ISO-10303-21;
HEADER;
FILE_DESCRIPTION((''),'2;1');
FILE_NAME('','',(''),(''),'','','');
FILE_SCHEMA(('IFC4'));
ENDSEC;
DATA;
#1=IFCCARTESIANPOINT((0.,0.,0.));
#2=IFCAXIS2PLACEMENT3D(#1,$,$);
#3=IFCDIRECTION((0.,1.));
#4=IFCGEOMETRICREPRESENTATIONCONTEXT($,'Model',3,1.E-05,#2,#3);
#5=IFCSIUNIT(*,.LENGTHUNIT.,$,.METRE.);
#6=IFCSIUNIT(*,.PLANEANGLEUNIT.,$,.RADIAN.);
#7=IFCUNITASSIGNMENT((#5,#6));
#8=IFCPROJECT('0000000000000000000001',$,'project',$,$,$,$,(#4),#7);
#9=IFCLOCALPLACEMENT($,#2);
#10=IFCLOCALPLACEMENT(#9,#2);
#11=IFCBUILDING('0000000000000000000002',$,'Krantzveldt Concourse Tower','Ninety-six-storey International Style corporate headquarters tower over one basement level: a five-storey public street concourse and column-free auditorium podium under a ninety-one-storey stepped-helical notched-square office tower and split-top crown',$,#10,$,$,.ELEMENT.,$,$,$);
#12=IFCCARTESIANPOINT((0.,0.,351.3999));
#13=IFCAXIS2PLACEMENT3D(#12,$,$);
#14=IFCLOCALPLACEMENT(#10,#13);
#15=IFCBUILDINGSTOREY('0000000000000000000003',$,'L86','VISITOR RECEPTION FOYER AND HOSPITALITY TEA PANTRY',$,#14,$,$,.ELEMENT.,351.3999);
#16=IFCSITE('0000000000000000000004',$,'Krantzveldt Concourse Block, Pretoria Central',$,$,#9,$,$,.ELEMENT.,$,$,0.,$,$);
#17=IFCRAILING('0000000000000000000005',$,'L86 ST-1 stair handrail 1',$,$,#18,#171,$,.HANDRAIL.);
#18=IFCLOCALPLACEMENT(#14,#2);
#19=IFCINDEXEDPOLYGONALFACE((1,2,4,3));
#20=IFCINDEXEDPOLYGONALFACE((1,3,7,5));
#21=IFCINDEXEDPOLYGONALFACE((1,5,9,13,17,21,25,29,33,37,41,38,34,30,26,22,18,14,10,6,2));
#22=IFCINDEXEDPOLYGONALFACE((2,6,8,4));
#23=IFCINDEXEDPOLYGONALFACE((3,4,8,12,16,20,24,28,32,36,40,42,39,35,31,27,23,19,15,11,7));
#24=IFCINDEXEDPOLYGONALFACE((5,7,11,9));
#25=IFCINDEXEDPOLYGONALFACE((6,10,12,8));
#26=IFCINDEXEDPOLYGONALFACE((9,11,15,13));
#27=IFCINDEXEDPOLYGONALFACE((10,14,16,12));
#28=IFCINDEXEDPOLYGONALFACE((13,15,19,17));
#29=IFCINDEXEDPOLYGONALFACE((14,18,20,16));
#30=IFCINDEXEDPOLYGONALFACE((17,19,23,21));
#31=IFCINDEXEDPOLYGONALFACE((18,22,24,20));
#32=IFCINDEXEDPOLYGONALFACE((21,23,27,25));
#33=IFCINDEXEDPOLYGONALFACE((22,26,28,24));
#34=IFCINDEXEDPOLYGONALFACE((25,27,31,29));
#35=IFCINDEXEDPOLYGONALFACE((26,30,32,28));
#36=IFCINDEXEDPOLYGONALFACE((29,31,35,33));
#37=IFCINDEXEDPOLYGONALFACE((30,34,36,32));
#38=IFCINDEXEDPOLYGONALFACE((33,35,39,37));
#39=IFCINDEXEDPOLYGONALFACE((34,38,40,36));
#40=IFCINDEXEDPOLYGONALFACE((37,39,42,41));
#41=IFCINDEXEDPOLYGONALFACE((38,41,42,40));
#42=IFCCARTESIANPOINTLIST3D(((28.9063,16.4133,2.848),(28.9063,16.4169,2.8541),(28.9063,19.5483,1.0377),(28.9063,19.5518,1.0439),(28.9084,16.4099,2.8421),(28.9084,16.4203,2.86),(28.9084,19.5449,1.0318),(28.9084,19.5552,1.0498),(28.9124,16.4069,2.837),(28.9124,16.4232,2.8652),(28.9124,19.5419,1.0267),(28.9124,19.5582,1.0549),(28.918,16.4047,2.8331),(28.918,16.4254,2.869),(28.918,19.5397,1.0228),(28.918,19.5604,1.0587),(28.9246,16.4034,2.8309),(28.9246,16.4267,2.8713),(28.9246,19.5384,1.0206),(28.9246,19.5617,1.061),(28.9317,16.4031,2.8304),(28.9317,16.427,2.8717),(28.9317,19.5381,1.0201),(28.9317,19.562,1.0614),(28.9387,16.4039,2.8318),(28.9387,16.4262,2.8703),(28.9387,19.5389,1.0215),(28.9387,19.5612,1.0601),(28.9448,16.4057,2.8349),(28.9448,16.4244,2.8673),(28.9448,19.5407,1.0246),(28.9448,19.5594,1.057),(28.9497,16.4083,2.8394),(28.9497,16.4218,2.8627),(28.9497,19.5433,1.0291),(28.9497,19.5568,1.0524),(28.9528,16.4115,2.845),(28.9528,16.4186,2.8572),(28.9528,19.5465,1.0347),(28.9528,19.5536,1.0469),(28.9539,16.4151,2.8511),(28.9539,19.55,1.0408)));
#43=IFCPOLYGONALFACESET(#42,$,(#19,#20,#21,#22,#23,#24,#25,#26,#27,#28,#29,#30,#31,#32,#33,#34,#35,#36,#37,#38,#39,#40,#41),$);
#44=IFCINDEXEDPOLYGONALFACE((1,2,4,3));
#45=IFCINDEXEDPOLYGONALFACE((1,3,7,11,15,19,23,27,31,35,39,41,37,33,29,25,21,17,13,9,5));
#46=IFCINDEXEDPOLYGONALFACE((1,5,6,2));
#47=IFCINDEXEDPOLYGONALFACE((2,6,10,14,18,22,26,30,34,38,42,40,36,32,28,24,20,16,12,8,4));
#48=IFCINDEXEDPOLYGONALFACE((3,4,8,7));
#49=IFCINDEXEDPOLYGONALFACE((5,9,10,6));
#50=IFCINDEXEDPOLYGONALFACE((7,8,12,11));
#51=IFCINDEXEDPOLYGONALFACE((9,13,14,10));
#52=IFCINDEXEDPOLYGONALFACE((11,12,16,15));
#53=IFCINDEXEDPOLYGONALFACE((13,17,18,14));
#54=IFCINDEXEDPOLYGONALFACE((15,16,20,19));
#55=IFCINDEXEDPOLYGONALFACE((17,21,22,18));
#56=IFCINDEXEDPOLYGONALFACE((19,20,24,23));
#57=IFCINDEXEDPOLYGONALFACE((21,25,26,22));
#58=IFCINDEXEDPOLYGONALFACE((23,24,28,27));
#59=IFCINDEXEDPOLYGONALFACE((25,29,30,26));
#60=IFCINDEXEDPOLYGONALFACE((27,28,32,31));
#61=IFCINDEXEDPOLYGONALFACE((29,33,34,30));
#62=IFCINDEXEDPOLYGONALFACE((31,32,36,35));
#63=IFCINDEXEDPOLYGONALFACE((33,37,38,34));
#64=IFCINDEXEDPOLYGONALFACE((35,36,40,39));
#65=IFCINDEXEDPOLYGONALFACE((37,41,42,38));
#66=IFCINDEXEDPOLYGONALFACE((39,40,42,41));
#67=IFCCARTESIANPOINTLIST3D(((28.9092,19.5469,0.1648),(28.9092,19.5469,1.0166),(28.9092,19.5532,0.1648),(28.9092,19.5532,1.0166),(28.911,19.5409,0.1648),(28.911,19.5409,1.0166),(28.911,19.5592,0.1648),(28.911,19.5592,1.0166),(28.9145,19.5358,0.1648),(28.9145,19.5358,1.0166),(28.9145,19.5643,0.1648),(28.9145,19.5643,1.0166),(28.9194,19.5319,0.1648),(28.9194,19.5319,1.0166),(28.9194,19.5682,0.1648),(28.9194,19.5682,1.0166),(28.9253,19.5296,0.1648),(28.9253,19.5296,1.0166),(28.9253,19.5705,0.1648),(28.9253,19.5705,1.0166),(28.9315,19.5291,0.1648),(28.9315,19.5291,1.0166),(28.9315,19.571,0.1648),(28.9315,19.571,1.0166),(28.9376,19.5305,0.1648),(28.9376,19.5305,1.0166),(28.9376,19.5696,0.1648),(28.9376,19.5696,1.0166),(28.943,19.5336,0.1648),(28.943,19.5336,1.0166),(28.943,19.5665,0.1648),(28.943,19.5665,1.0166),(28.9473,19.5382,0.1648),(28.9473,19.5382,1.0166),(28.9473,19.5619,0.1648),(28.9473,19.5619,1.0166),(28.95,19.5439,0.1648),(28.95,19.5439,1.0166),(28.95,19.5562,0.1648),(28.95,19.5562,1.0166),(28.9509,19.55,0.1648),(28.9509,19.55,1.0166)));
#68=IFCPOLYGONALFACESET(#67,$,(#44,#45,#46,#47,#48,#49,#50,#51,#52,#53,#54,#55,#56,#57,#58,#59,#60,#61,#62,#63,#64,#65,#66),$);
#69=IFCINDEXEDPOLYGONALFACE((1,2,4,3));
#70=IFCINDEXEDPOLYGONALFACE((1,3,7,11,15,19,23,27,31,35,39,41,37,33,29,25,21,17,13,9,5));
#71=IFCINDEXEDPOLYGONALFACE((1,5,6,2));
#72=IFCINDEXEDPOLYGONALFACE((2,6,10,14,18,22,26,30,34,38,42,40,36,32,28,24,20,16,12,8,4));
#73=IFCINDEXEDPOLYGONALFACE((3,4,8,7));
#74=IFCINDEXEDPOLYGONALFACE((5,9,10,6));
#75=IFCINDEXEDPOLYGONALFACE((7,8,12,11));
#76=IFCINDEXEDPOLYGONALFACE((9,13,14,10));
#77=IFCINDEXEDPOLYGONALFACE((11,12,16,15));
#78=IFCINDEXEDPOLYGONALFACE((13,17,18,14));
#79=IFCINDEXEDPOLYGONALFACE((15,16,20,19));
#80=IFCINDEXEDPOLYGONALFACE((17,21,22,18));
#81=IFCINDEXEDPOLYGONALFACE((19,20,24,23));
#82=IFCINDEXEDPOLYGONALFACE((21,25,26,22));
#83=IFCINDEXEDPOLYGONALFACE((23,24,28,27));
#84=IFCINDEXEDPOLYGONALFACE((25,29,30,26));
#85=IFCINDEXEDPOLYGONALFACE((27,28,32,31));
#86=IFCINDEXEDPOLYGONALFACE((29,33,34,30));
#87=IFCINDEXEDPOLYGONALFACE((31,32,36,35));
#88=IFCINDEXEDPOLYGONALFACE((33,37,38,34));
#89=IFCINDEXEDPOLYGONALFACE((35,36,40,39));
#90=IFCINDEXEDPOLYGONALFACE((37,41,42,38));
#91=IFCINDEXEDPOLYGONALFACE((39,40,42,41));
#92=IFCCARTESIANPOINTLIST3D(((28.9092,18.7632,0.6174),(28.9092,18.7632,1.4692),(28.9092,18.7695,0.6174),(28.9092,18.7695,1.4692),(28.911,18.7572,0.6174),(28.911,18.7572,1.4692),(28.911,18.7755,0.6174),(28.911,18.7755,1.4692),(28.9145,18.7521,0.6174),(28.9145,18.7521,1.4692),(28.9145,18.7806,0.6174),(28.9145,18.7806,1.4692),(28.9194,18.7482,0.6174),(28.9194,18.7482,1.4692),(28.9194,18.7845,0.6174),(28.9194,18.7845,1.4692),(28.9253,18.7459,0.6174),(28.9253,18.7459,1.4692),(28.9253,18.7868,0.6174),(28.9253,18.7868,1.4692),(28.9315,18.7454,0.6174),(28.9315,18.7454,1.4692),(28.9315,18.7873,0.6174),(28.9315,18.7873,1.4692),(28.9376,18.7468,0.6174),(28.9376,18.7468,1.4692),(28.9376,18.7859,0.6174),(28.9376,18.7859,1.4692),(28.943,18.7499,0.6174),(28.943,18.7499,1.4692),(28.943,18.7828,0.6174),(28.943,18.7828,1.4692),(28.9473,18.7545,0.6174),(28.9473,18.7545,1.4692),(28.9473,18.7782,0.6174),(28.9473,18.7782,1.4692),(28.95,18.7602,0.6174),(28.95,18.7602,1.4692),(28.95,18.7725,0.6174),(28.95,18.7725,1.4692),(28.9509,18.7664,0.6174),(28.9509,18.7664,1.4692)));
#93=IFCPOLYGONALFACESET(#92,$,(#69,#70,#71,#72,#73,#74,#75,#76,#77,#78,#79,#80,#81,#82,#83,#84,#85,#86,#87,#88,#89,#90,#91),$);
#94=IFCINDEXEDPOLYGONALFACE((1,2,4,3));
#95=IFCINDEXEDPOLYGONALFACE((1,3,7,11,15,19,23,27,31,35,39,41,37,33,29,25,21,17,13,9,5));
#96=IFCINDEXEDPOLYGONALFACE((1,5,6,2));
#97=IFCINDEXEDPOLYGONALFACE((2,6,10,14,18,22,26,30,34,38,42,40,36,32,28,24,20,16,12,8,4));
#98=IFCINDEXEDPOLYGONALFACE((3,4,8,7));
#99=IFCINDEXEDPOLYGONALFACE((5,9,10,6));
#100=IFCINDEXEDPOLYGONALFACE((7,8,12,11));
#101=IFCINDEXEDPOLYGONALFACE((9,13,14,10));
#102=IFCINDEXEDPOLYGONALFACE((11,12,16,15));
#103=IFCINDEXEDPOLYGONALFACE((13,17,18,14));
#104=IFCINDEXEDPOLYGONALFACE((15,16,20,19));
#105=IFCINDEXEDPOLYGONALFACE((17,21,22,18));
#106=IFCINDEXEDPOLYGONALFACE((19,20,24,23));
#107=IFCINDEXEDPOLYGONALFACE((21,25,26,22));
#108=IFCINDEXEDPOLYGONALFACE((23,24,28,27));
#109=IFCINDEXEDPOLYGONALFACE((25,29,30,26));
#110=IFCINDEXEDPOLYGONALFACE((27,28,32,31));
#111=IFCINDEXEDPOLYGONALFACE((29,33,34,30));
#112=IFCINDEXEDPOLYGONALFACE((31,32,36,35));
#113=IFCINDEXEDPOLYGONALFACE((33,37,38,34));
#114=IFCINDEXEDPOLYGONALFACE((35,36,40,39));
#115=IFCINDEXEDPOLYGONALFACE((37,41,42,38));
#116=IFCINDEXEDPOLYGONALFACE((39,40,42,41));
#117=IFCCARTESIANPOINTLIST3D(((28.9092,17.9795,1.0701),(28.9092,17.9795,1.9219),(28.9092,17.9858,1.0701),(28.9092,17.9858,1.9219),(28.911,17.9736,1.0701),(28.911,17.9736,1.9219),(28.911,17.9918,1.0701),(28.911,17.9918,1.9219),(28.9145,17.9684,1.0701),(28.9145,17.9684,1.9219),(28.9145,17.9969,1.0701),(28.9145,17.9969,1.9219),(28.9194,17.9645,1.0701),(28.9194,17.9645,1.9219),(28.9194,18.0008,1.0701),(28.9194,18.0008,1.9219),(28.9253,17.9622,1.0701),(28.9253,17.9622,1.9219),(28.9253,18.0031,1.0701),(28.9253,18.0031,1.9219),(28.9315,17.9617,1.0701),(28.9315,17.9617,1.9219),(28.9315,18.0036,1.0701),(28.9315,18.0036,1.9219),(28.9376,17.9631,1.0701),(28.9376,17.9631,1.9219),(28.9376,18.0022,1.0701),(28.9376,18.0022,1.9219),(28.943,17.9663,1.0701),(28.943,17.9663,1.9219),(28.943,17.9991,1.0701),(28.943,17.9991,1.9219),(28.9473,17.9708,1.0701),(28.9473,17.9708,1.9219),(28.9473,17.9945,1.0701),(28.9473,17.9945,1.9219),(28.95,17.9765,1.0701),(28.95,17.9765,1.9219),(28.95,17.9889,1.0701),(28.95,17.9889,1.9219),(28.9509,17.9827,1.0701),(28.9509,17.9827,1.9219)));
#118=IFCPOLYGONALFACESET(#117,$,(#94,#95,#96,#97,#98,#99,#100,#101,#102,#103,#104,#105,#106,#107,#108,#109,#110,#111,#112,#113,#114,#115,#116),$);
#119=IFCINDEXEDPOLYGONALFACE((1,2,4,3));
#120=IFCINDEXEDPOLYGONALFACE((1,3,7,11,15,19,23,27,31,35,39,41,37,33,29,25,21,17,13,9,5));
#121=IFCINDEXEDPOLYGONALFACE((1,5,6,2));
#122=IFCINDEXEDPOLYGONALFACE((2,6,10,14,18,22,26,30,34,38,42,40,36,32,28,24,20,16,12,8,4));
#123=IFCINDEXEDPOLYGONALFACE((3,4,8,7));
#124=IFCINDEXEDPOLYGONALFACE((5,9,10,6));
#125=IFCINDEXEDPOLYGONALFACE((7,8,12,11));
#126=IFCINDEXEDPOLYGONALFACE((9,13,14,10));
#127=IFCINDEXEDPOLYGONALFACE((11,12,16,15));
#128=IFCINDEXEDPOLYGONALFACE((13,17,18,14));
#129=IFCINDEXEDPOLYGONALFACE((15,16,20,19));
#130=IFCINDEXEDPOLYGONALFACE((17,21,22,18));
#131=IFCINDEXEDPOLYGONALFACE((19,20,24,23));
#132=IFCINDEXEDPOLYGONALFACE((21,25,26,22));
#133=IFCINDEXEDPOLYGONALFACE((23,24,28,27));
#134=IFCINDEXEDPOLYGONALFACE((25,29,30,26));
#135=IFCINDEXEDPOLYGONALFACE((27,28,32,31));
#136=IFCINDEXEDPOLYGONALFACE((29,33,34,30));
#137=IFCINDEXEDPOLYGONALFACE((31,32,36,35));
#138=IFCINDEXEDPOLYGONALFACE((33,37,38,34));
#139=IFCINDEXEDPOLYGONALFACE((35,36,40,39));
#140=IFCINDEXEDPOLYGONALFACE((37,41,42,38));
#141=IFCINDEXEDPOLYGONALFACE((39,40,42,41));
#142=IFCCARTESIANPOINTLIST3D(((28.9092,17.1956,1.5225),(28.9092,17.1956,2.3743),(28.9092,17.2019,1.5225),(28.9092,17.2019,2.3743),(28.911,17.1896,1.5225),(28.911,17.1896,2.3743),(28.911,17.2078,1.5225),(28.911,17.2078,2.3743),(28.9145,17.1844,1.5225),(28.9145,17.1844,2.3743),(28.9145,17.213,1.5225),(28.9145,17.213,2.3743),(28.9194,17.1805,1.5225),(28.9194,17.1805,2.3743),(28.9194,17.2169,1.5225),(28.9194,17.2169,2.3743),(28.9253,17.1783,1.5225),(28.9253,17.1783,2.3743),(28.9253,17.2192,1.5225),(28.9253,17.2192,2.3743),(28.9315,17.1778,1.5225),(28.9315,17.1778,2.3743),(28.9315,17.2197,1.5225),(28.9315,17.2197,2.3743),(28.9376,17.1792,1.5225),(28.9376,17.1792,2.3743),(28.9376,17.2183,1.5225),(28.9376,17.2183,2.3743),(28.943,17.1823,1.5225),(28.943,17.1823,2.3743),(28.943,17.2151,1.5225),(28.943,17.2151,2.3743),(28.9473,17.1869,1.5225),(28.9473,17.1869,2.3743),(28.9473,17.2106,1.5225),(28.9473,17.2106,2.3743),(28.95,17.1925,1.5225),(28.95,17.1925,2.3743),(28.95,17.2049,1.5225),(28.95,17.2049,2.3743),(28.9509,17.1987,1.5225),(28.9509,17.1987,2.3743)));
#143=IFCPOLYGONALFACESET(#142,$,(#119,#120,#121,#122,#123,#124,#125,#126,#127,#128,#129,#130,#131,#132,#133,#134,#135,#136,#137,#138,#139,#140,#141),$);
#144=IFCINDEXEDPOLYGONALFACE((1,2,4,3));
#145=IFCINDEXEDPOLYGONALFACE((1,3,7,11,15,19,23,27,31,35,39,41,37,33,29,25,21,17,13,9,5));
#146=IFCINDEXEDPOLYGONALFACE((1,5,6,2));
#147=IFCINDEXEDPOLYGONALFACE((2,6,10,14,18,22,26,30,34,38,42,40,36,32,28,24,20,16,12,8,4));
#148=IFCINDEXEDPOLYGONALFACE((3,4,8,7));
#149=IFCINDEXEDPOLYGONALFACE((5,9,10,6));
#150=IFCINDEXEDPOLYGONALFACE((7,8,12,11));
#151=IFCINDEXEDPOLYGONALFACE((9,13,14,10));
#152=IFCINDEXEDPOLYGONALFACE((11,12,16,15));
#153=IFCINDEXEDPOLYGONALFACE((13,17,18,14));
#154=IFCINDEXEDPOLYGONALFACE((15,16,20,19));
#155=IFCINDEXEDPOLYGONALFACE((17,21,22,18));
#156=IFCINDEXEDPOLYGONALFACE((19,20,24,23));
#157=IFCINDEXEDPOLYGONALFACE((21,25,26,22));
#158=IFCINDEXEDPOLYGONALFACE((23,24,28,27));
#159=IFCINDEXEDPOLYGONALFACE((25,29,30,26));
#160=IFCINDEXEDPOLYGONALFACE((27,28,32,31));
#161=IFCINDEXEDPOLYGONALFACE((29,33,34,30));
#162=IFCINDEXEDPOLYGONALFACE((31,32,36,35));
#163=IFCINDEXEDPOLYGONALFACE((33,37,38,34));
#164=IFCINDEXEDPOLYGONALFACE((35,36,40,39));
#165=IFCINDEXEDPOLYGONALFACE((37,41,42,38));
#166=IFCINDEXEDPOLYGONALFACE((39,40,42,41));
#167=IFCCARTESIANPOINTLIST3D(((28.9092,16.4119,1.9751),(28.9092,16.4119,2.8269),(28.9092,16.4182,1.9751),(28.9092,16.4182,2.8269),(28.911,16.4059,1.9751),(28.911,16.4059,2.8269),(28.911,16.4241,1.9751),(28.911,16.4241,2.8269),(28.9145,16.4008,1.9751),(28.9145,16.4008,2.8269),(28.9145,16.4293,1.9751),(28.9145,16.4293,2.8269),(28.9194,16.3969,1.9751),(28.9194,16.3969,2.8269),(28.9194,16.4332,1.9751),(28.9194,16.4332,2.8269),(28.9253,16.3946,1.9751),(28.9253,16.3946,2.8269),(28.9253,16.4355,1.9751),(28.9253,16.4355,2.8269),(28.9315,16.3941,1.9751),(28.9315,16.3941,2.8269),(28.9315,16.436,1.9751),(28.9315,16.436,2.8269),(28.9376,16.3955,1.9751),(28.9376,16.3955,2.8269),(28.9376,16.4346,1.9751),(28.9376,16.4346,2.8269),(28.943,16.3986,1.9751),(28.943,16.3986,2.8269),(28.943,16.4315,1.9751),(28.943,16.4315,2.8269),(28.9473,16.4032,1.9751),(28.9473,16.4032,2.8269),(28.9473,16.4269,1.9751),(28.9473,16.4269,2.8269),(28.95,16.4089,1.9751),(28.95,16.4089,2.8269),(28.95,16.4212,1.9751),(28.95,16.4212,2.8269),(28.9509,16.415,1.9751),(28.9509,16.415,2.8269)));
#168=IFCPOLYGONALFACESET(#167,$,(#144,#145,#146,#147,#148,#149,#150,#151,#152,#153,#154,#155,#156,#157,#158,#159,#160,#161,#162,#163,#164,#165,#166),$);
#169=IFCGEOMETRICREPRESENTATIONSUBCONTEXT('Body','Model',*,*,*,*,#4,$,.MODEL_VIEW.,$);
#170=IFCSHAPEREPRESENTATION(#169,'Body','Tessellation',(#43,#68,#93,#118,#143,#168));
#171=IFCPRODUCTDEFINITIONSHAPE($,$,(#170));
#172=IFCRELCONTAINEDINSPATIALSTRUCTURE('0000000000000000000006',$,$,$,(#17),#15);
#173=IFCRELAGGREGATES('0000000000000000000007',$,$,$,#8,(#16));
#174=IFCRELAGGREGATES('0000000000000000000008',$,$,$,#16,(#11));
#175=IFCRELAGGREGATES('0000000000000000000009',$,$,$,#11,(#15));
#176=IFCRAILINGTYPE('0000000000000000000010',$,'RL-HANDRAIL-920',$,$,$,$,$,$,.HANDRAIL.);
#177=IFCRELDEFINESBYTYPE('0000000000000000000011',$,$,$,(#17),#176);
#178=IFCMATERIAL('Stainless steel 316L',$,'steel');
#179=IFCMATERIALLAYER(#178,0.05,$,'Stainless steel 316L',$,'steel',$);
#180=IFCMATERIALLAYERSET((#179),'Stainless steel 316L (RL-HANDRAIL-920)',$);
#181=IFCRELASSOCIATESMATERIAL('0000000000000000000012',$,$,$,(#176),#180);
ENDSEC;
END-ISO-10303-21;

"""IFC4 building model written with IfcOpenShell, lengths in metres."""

from ifc_helpers import new_model, si_unit, direction, frame, origin, origin_2d, place, context, subcontext, project, spatial, circle, extrude, material, layer, layer_set, type_object, element, save


model = new_model("IFC4")

# Units and contexts
model_context = context("Model", 3, precision=1e-05, world=origin(), true_north=direction((0.0, 1.0)))
body_context = subcontext(model_context, "Body", "Model", "MODEL_VIEW")
ifc_project = project(units=[si_unit("LENGTHUNIT", "METRE"), si_unit("PLANEANGLEUNIT", "RADIAN")], contexts=[model_context])

# Site, building, storey
site_placement = place(None, origin())
site = spatial("IfcSite", under=ifc_project, at=site_placement, Name="Krantzveldt Concourse Block, Pretoria Central", CompositionType="ELEMENT", RefElevation=0.0)
building_placement = place(site_placement, origin())
building = spatial("IfcBuilding", under=site, at=building_placement, Name="Krantzveldt Concourse Tower", Description="Ninety-six-storey International Style corporate headquarters tower over one basement level: a five-storey public street concourse and column-free auditorium podium under a ninety-one-storey stepped-helical notched-square office tower and split-top crown", CompositionType="ELEMENT")
storey_placement = place(building_placement, frame((0.0, 0.0, 351.3999)))
storey = spatial("IfcBuildingStorey", under=building, at=storey_placement, Name="L86", Description="VISITOR RECEPTION FOYER AND HOSPITALITY TEA PANTRY", CompositionType="ELEMENT", Elevation=351.3999)

# Shared definitions
ifc_material_1 = material(Name="Stainless steel 316L", Category="steel")

# Railing
ifc_layer_1 = layer(ifc_material_1, 0.05, Name="Stainless steel 316L", Category="steel")
ifc_layer_set_1 = layer_set([ifc_layer_1], Name="Stainless steel 316L (RL-HANDRAIL-920)")
railing_type_1 = type_object("IfcRailingType", Name="RL-HANDRAIL-920", PredefinedType="HANDRAIL", material=ifc_layer_set_1)
railing_1_placement = place(storey_placement, frame((28.9299, 19.55, 0.1648)))
element("IfcRailing", 1, at=railing_1_placement, inside=storey, type_object=railing_type_1, Name="L86 ST-1 stair handrail 1", PredefinedType="HANDRAIL", context=body_context, shape_type="SweptSolid", body=[
    extrude(circle(Radius=0.0239, at=origin_2d()), frame((0.0, 0.0, 0.876), z_axis=(0.0, -0.865989, 0.500063), x_axis=(1.0, 0.0, 0.0)), (0.0, 0.0, 1.0), 3.6201),
    extrude(circle(Radius=0.021, at=origin_2d()), origin(), (0.0, 0.0, 1.0), 0.8518),
    extrude(circle(Radius=0.021, at=origin_2d()), frame((0.0, -0.7837, 0.4526)), (0.0, 0.0, 1.0), 0.8518),
    extrude(circle(Radius=0.021, at=origin_2d()), frame((0.0, -1.5674, 0.9053)), (0.0, 0.0, 1.0), 0.8518),
    extrude(circle(Radius=0.021, at=origin_2d()), frame((0.0, -2.3513, 1.3577)), (0.0, 0.0, 1.0), 0.8518),
    extrude(circle(Radius=0.021, at=origin_2d()), frame((0.0, -3.135, 1.8103)), (0.0, 0.0, 1.0), 0.8518),
])

save(model, "model.ifc")
